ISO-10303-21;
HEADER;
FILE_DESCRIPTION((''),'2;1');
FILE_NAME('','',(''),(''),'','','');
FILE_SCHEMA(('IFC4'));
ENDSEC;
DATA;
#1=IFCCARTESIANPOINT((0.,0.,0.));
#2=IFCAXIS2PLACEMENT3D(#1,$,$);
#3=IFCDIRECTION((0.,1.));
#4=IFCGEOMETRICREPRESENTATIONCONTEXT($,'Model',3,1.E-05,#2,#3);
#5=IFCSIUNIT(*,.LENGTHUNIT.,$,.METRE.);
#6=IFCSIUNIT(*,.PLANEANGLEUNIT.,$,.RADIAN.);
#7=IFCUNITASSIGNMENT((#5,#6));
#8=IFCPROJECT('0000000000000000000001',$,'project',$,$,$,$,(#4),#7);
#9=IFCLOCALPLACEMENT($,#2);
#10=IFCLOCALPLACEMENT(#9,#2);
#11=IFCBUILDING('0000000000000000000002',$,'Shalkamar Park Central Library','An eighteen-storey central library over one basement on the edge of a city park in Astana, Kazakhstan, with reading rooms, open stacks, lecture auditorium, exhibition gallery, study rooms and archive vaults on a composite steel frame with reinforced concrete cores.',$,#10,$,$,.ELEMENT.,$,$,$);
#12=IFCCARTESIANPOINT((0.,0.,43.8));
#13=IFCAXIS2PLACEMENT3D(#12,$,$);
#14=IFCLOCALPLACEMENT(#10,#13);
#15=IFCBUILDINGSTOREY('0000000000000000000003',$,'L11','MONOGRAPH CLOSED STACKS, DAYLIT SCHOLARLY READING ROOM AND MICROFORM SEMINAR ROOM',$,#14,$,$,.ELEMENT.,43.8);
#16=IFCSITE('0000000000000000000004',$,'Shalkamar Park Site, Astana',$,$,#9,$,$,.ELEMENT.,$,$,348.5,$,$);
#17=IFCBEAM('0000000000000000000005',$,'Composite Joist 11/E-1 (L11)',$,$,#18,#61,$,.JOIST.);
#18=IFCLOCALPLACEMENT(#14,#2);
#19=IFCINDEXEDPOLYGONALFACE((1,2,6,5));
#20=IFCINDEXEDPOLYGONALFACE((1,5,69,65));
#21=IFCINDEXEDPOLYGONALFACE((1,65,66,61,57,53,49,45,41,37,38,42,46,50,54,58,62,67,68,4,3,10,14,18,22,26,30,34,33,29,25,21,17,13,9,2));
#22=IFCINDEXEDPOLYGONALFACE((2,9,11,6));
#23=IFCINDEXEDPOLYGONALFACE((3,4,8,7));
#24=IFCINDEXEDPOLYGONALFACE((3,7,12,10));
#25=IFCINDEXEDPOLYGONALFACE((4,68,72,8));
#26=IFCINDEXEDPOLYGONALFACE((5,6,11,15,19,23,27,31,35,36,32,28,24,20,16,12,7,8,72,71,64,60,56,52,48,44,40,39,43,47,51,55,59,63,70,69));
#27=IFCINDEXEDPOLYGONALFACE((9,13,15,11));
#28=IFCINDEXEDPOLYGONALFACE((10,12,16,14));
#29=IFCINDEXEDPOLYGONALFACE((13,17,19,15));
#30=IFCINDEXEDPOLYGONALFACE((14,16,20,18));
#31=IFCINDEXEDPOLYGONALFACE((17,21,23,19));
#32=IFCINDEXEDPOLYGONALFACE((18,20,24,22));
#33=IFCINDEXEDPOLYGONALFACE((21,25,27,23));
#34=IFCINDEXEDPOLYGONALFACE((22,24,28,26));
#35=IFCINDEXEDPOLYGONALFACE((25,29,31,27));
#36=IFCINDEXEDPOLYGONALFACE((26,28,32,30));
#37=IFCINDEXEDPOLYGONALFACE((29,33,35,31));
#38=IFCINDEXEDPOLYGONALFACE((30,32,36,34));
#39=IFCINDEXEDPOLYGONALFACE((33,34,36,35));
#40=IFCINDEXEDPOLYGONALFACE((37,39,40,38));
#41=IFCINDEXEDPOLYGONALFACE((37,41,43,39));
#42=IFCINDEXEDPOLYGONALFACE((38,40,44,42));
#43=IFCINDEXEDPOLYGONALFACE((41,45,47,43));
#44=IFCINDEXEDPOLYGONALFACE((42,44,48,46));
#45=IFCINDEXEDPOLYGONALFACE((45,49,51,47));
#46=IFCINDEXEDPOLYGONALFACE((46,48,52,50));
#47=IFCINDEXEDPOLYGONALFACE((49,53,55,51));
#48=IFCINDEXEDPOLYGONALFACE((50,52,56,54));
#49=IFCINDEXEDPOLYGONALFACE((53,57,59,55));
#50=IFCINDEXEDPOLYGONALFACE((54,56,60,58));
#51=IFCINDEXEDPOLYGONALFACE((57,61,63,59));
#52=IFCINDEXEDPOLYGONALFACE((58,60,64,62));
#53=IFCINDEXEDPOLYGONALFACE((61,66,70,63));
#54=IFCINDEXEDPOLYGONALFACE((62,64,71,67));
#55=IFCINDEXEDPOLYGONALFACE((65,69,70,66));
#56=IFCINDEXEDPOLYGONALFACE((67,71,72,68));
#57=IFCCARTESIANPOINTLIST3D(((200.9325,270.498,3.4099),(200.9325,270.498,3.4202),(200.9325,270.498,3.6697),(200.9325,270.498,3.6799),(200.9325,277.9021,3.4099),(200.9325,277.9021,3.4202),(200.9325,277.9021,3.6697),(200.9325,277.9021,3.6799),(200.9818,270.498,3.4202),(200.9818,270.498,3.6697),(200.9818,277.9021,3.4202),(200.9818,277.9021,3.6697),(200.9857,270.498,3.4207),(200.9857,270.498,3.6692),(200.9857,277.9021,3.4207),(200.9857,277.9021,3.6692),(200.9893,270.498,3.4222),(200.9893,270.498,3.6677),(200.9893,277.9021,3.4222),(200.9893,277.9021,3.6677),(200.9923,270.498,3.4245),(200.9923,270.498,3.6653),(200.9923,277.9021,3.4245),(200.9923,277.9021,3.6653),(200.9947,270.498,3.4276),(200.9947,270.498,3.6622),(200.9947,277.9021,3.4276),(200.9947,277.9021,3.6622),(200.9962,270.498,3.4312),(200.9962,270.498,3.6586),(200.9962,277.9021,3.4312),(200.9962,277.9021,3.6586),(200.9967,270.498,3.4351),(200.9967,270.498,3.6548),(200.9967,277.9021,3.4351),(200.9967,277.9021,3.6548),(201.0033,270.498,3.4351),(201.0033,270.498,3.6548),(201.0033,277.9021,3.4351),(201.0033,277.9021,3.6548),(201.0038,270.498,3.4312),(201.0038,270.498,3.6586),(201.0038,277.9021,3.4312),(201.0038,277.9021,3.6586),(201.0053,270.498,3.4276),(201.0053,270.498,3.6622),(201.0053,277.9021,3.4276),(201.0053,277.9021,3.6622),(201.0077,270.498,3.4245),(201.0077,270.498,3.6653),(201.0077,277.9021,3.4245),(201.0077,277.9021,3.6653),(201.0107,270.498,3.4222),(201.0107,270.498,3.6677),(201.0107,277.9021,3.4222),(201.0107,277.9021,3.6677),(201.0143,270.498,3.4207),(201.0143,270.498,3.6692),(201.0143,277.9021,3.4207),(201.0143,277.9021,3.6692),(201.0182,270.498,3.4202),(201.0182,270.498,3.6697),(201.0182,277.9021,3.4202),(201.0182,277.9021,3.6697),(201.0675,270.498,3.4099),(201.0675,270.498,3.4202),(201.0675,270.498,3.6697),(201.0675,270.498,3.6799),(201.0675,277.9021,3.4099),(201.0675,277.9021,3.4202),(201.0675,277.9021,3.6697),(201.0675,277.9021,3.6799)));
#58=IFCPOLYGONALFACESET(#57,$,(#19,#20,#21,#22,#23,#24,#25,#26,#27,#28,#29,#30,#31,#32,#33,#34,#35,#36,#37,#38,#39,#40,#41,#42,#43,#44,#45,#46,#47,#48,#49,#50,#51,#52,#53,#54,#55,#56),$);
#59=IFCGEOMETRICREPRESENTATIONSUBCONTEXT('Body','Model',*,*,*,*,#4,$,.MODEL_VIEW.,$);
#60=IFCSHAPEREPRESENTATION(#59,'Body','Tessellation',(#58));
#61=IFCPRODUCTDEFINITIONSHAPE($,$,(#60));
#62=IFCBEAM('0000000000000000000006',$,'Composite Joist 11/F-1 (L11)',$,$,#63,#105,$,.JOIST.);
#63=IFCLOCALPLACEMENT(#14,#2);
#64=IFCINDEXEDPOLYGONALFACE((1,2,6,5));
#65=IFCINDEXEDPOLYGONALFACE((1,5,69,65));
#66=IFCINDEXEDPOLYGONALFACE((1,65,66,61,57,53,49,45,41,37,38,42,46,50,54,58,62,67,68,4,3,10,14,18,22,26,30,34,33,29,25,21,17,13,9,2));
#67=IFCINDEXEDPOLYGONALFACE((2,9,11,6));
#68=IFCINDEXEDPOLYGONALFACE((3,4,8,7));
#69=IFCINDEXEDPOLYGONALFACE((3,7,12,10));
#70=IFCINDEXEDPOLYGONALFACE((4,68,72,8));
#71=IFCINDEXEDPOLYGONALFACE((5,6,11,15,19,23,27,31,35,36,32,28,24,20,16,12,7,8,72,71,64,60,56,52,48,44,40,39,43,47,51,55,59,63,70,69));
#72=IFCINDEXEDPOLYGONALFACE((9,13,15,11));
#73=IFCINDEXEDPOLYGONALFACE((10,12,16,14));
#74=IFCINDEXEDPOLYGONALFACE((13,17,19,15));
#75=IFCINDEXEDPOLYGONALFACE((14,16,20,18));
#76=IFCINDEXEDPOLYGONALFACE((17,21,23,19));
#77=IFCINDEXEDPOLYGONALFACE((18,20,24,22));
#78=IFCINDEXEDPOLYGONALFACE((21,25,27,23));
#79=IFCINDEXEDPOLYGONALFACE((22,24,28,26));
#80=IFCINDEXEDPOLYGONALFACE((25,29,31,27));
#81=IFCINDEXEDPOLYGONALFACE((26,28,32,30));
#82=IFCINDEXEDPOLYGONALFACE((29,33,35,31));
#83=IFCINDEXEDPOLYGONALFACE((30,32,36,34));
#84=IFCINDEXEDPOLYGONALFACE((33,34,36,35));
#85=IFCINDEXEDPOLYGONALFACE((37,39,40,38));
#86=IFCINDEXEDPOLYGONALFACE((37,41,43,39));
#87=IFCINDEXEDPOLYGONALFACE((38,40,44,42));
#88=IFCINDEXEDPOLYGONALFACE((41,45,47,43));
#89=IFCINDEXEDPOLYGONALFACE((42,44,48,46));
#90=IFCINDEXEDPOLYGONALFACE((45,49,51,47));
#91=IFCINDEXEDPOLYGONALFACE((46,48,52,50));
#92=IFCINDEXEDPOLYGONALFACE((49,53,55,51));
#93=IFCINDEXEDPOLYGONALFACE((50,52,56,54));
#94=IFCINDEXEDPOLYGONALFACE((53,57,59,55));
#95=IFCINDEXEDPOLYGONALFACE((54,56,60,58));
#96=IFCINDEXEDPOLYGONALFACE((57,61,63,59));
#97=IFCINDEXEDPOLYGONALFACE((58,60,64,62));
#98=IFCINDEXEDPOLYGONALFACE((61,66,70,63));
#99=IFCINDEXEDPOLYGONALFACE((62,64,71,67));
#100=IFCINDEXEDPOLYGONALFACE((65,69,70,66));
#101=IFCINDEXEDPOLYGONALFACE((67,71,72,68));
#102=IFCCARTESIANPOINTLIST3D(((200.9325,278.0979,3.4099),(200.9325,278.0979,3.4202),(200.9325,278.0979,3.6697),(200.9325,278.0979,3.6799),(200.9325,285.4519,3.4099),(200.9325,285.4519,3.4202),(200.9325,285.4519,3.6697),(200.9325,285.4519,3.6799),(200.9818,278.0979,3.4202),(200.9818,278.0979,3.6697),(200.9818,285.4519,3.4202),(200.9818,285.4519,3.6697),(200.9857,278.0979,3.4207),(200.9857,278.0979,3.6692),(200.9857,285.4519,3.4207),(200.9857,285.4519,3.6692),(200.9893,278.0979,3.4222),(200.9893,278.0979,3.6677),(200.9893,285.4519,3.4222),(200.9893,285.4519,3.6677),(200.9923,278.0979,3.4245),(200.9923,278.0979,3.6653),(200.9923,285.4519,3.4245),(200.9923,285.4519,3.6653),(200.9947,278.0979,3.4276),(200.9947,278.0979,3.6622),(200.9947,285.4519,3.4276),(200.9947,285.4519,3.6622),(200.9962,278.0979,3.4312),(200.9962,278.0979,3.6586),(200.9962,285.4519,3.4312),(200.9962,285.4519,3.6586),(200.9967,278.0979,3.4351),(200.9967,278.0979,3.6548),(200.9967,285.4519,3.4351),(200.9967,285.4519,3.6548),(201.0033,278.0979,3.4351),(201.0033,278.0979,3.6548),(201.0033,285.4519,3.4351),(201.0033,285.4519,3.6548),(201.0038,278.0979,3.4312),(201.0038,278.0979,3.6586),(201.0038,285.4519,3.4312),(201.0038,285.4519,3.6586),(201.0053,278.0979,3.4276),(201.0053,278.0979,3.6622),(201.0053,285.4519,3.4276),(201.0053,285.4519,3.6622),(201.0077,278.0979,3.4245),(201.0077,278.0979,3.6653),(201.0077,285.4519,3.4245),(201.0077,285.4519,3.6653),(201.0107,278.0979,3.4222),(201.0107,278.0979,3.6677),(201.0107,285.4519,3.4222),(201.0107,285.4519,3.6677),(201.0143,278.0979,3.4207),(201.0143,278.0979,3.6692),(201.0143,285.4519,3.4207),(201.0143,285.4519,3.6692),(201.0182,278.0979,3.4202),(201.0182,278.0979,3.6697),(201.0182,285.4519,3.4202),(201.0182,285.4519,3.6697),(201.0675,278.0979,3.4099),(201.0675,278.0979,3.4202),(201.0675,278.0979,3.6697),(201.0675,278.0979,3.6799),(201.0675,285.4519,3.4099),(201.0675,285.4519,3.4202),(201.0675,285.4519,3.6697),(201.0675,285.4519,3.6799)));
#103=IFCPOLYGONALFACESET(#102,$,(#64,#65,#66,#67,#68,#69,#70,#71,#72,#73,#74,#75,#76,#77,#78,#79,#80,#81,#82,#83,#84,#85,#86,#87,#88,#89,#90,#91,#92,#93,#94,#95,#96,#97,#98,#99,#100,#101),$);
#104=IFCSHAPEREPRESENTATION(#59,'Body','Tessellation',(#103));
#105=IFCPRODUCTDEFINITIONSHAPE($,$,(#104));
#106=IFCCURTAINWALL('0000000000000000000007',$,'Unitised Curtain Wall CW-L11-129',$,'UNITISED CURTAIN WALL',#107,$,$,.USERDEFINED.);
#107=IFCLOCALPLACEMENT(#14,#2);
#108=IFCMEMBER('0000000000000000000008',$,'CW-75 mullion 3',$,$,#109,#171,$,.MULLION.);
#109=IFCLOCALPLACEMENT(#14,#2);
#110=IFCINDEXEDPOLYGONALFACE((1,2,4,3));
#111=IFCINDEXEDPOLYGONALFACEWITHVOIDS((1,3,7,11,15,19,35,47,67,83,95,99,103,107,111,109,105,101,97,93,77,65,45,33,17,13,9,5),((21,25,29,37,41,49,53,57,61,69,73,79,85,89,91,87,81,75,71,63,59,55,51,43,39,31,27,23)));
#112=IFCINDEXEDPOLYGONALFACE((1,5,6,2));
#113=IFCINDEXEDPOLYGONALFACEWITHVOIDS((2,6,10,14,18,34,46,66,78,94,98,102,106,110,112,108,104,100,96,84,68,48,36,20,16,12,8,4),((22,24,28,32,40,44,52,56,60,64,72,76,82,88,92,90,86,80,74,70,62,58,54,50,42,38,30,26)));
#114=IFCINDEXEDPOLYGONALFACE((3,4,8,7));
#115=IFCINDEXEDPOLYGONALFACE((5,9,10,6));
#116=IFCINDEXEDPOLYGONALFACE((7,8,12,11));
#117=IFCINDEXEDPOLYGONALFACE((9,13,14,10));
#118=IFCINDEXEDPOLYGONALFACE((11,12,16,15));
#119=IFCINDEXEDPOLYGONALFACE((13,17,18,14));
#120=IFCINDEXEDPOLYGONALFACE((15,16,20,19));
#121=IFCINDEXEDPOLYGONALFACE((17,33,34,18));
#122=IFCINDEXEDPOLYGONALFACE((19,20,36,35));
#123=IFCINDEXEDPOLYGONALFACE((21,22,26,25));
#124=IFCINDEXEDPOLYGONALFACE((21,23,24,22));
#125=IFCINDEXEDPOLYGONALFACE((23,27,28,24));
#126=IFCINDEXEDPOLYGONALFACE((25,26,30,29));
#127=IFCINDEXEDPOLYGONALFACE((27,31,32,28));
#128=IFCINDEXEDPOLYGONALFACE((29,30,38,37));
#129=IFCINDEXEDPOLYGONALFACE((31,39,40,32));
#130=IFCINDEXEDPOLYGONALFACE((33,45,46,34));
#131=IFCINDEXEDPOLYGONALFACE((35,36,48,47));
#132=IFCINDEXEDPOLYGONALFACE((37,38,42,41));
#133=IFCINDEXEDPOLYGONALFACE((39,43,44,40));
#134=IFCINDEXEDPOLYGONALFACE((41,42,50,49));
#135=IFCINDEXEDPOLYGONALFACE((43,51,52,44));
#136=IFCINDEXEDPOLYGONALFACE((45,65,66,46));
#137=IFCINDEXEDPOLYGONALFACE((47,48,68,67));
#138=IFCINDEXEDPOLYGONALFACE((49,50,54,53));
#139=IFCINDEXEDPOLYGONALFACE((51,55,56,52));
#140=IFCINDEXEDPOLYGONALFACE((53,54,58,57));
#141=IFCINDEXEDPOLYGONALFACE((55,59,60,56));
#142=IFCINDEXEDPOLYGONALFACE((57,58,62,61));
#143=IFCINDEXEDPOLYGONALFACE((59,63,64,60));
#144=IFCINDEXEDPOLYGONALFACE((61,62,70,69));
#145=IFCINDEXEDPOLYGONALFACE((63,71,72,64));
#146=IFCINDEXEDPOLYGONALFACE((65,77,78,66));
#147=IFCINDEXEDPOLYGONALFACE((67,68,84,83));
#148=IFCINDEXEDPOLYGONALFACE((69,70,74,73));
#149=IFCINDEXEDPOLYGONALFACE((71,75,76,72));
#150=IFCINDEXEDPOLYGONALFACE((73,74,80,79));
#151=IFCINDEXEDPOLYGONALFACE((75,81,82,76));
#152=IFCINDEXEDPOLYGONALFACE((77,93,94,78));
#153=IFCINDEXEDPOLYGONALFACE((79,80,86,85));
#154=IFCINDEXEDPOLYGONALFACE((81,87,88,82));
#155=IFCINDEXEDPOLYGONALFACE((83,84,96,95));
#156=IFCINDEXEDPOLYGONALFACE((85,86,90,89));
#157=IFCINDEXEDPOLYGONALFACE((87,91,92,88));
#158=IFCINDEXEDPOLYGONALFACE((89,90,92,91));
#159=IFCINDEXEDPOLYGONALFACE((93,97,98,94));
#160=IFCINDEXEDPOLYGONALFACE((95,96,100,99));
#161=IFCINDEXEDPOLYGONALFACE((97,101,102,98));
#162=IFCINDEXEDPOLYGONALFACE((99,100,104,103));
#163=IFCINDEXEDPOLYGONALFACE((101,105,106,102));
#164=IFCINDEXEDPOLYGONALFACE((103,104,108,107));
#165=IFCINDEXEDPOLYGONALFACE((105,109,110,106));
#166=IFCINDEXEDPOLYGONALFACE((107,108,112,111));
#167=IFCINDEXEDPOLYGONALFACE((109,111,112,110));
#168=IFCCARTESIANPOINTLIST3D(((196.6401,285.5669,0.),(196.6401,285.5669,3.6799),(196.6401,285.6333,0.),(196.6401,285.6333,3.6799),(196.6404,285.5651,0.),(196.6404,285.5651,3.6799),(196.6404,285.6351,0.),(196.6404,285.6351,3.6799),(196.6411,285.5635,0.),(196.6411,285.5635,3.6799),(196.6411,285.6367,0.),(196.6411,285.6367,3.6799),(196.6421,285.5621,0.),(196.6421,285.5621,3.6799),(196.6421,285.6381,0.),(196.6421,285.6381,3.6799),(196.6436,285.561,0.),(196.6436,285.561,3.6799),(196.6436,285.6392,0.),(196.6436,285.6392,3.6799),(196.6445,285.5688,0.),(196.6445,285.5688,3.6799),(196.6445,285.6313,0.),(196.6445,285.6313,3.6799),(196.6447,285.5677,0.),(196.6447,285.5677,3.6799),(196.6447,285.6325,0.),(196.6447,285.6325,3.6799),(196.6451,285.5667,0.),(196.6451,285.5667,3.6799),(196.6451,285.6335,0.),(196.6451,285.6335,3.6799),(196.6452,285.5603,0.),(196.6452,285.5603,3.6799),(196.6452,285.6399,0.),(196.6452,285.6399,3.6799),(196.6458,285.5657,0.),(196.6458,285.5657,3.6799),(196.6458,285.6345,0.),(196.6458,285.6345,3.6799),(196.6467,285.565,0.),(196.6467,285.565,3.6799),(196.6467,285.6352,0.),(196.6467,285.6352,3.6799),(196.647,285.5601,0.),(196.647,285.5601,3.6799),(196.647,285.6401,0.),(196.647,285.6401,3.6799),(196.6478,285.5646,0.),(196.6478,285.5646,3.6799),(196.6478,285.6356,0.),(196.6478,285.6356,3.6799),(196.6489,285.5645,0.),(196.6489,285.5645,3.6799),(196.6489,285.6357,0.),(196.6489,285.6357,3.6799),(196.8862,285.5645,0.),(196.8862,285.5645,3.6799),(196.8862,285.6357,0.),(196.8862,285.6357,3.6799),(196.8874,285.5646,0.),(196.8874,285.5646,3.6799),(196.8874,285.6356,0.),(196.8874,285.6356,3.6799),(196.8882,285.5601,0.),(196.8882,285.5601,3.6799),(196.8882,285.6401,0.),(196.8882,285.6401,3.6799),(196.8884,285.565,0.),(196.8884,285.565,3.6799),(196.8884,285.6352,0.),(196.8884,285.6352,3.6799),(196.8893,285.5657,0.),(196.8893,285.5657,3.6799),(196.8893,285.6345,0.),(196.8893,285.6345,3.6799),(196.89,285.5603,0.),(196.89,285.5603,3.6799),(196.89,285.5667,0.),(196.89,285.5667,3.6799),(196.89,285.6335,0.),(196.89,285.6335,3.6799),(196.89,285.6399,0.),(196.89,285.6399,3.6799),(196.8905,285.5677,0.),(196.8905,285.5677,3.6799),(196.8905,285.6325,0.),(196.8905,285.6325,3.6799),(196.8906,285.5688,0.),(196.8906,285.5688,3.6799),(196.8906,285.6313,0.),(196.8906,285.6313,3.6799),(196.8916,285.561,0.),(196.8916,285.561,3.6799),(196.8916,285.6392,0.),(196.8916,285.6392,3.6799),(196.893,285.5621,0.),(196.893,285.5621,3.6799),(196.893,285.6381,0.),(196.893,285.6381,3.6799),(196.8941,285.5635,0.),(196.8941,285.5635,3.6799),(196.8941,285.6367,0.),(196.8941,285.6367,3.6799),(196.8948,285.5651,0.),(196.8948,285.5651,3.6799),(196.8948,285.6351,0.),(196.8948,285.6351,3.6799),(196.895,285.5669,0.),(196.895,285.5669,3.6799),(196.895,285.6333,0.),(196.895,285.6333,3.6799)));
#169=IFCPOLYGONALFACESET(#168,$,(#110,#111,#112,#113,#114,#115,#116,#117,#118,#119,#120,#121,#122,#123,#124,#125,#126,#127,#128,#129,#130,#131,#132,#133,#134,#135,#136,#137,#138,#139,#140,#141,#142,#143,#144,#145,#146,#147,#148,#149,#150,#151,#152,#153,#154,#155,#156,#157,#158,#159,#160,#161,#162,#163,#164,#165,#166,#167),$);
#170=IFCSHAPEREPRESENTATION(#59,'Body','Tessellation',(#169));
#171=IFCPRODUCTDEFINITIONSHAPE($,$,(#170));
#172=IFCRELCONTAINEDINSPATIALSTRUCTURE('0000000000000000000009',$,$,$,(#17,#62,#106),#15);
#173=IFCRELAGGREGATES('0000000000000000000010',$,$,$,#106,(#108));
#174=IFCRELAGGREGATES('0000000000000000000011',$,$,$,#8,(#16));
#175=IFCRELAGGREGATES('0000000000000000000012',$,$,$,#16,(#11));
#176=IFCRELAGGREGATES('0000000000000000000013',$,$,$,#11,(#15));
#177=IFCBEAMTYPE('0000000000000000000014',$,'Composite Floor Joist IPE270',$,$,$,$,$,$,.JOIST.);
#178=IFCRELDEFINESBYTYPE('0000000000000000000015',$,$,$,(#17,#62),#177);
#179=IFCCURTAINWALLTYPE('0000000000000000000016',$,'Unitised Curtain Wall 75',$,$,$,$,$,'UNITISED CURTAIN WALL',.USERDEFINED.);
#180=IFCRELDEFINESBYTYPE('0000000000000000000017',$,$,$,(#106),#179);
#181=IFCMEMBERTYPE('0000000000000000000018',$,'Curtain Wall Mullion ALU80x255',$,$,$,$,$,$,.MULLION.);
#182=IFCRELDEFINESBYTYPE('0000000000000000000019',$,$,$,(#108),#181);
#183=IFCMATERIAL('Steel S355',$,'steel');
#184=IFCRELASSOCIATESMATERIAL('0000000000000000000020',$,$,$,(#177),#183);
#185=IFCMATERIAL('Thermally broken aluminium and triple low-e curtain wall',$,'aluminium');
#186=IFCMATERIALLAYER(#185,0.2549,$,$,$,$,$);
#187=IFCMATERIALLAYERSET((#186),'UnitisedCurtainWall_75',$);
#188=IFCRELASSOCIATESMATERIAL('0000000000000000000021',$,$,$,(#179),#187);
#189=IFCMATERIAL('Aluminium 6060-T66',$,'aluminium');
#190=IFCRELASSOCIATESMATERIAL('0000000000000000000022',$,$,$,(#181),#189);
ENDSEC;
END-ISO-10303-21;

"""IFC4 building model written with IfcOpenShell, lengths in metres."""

from ifc_helpers import new_model, si_unit, direction, frame, origin, origin_2d, place, context, subcontext, project, spatial, hollow_rectangle, i_section, extrude, material, layer, layer_set, material_profile, profile_set, type_object, element, aggregate, save


model = new_model("IFC4")

# Units and contexts
model_context = context("Model", 3, precision=1e-05, world=origin(), true_north=direction((0.0, 1.0)))
body_context = subcontext(model_context, "Body", "Model", "MODEL_VIEW")
ifc_project = project(units=[si_unit("LENGTHUNIT", "METRE"), si_unit("PLANEANGLEUNIT", "RADIAN")], contexts=[model_context])

# Site, building, storey
site_placement = place(None, origin())
site = spatial("IfcSite", under=ifc_project, at=site_placement, Name="Shalkamar Park Site, Astana", CompositionType="ELEMENT", RefElevation=348.5)
building_placement = place(site_placement, origin())
building = spatial("IfcBuilding", under=site, at=building_placement, Name="Shalkamar Park Central Library", Description="An eighteen-storey central library over one basement on the edge of a city park in Astana, Kazakhstan, with reading rooms, open stacks, lecture auditorium, exhibition gallery, study rooms and archive vaults on a composite steel frame with reinforced concrete cores.", CompositionType="ELEMENT")
storey_placement = place(building_placement, frame((0.0, 0.0, 43.8)))
storey = spatial("IfcBuildingStorey", under=building, at=storey_placement, Name="L11", Description="MONOGRAPH CLOSED STACKS, DAYLIT SCHOLARLY READING ROOM AND MICROFORM SEMINAR ROOM", CompositionType="ELEMENT", Elevation=43.8)

# Shared definitions
ifc_material_1 = material(Name="Steel S355", Category="steel")

# Beams
ifc_material_profile_1 = material_profile(ifc_material_1, i_section(OverallWidth=0.135, OverallDepth=0.27, WebThickness=0.0066, FlangeThickness=0.0103, FilletRadius=0.0149, at=origin_2d()), Name="IPE 270")
ifc_profile_set_1 = profile_set([ifc_material_profile_1], Name="Steel S355")
beam_type_1 = type_object("IfcBeamType", Name="Composite Floor Joist IPE270", PredefinedType="JOIST", material=ifc_profile_set_1)
beam_1_placement = place(storey_placement, frame((201.0, 270.498, 3.5449), z_axis=(0.0, 1.0, 0.0), x_axis=(-1.0, 0.0, 0.0)))
element("IfcBeam", 1, at=beam_1_placement, inside=storey, type_object=beam_type_1, Name="Composite Joist 11/E-1 (L11)", PredefinedType="JOIST", context=body_context, shape_type="SweptSolid", body=[
    extrude(i_section(OverallWidth=0.135, OverallDepth=0.27, WebThickness=0.0066, FlangeThickness=0.0103, FilletRadius=0.0149, at=origin_2d()), origin(), (0.0, 0.0, 1.0), 7.4041),
])
beam_2_placement = place(storey_placement, frame((201.0, 278.0979, 3.5449), z_axis=(0.0, 1.0, 0.0), x_axis=(-1.0, 0.0, 0.0)))
element("IfcBeam", 2, at=beam_2_placement, inside=storey, type_object=beam_type_1, Name="Composite Joist 11/F-1 (L11)", PredefinedType="JOIST", context=body_context, shape_type="SweptSolid", body=[
    extrude(i_section(OverallWidth=0.135, OverallDepth=0.27, WebThickness=0.0066, FlangeThickness=0.0103, FilletRadius=0.0149, at=origin_2d()), origin(), (0.0, 0.0, 1.0), 7.354),
])

# Curtain wall, member
ifc_material_2 = material(Name="Thermally broken aluminium and triple low-e curtain wall", Category="aluminium")
ifc_layer_1 = layer(ifc_material_2, 0.2549)
ifc_layer_set_1 = layer_set([ifc_layer_1], Name="UnitisedCurtainWall_75")
curtain_wall_type_1 = type_object("IfcCurtainWallType", Name="Unitised Curtain Wall 75", ElementType="UNITISED CURTAIN WALL", PredefinedType="USERDEFINED", material=ifc_layer_set_1)
curtain_wall_1_placement = place(storey_placement, origin())
curtain_wall_1 = element("IfcCurtainWall", 3, at=curtain_wall_1_placement, inside=storey, type_object=curtain_wall_type_1, Name="Unitised Curtain Wall CW-L11-129", ObjectType="UNITISED CURTAIN WALL", PredefinedType="USERDEFINED")
ifc_material_3 = material(Name="Aluminium 6060-T66", Category="aluminium")
ifc_material_profile_2 = material_profile(ifc_material_3, hollow_rectangle(XDim=0.0801, YDim=0.2549, WallThickness=0.0044, InnerFilletRadius=0.0044, OuterFilletRadius=0.0068, at=origin_2d()), Name="ALU 80x255x4.5")
ifc_profile_set_2 = profile_set([ifc_material_profile_2], Name="Aluminium 6060-T66")
member_type_1 = type_object("IfcMemberType", Name="Curtain Wall Mullion ALU80x255", PredefinedType="MULLION", material=ifc_profile_set_2)
member_1_placement = place(storey_placement, frame((196.7676, 285.6001, 0.0), z_axis=(0.0, 0.0, 1.0), x_axis=(0.0, 1.0, 0.0)))
member_1 = element("IfcMember", 4, at=member_1_placement, type_object=member_type_1, Name="CW-75 mullion 3", PredefinedType="MULLION", context=body_context, shape_type="SweptSolid", body=[
    extrude(hollow_rectangle(XDim=0.0801, YDim=0.2549, WallThickness=0.0044, InnerFilletRadius=0.0044, OuterFilletRadius=0.0068, at=origin_2d()), origin(), (0.0, 0.0, 1.0), 3.6799),
])

aggregate(curtain_wall_1, [member_1])

save(model, "model.ifc")
